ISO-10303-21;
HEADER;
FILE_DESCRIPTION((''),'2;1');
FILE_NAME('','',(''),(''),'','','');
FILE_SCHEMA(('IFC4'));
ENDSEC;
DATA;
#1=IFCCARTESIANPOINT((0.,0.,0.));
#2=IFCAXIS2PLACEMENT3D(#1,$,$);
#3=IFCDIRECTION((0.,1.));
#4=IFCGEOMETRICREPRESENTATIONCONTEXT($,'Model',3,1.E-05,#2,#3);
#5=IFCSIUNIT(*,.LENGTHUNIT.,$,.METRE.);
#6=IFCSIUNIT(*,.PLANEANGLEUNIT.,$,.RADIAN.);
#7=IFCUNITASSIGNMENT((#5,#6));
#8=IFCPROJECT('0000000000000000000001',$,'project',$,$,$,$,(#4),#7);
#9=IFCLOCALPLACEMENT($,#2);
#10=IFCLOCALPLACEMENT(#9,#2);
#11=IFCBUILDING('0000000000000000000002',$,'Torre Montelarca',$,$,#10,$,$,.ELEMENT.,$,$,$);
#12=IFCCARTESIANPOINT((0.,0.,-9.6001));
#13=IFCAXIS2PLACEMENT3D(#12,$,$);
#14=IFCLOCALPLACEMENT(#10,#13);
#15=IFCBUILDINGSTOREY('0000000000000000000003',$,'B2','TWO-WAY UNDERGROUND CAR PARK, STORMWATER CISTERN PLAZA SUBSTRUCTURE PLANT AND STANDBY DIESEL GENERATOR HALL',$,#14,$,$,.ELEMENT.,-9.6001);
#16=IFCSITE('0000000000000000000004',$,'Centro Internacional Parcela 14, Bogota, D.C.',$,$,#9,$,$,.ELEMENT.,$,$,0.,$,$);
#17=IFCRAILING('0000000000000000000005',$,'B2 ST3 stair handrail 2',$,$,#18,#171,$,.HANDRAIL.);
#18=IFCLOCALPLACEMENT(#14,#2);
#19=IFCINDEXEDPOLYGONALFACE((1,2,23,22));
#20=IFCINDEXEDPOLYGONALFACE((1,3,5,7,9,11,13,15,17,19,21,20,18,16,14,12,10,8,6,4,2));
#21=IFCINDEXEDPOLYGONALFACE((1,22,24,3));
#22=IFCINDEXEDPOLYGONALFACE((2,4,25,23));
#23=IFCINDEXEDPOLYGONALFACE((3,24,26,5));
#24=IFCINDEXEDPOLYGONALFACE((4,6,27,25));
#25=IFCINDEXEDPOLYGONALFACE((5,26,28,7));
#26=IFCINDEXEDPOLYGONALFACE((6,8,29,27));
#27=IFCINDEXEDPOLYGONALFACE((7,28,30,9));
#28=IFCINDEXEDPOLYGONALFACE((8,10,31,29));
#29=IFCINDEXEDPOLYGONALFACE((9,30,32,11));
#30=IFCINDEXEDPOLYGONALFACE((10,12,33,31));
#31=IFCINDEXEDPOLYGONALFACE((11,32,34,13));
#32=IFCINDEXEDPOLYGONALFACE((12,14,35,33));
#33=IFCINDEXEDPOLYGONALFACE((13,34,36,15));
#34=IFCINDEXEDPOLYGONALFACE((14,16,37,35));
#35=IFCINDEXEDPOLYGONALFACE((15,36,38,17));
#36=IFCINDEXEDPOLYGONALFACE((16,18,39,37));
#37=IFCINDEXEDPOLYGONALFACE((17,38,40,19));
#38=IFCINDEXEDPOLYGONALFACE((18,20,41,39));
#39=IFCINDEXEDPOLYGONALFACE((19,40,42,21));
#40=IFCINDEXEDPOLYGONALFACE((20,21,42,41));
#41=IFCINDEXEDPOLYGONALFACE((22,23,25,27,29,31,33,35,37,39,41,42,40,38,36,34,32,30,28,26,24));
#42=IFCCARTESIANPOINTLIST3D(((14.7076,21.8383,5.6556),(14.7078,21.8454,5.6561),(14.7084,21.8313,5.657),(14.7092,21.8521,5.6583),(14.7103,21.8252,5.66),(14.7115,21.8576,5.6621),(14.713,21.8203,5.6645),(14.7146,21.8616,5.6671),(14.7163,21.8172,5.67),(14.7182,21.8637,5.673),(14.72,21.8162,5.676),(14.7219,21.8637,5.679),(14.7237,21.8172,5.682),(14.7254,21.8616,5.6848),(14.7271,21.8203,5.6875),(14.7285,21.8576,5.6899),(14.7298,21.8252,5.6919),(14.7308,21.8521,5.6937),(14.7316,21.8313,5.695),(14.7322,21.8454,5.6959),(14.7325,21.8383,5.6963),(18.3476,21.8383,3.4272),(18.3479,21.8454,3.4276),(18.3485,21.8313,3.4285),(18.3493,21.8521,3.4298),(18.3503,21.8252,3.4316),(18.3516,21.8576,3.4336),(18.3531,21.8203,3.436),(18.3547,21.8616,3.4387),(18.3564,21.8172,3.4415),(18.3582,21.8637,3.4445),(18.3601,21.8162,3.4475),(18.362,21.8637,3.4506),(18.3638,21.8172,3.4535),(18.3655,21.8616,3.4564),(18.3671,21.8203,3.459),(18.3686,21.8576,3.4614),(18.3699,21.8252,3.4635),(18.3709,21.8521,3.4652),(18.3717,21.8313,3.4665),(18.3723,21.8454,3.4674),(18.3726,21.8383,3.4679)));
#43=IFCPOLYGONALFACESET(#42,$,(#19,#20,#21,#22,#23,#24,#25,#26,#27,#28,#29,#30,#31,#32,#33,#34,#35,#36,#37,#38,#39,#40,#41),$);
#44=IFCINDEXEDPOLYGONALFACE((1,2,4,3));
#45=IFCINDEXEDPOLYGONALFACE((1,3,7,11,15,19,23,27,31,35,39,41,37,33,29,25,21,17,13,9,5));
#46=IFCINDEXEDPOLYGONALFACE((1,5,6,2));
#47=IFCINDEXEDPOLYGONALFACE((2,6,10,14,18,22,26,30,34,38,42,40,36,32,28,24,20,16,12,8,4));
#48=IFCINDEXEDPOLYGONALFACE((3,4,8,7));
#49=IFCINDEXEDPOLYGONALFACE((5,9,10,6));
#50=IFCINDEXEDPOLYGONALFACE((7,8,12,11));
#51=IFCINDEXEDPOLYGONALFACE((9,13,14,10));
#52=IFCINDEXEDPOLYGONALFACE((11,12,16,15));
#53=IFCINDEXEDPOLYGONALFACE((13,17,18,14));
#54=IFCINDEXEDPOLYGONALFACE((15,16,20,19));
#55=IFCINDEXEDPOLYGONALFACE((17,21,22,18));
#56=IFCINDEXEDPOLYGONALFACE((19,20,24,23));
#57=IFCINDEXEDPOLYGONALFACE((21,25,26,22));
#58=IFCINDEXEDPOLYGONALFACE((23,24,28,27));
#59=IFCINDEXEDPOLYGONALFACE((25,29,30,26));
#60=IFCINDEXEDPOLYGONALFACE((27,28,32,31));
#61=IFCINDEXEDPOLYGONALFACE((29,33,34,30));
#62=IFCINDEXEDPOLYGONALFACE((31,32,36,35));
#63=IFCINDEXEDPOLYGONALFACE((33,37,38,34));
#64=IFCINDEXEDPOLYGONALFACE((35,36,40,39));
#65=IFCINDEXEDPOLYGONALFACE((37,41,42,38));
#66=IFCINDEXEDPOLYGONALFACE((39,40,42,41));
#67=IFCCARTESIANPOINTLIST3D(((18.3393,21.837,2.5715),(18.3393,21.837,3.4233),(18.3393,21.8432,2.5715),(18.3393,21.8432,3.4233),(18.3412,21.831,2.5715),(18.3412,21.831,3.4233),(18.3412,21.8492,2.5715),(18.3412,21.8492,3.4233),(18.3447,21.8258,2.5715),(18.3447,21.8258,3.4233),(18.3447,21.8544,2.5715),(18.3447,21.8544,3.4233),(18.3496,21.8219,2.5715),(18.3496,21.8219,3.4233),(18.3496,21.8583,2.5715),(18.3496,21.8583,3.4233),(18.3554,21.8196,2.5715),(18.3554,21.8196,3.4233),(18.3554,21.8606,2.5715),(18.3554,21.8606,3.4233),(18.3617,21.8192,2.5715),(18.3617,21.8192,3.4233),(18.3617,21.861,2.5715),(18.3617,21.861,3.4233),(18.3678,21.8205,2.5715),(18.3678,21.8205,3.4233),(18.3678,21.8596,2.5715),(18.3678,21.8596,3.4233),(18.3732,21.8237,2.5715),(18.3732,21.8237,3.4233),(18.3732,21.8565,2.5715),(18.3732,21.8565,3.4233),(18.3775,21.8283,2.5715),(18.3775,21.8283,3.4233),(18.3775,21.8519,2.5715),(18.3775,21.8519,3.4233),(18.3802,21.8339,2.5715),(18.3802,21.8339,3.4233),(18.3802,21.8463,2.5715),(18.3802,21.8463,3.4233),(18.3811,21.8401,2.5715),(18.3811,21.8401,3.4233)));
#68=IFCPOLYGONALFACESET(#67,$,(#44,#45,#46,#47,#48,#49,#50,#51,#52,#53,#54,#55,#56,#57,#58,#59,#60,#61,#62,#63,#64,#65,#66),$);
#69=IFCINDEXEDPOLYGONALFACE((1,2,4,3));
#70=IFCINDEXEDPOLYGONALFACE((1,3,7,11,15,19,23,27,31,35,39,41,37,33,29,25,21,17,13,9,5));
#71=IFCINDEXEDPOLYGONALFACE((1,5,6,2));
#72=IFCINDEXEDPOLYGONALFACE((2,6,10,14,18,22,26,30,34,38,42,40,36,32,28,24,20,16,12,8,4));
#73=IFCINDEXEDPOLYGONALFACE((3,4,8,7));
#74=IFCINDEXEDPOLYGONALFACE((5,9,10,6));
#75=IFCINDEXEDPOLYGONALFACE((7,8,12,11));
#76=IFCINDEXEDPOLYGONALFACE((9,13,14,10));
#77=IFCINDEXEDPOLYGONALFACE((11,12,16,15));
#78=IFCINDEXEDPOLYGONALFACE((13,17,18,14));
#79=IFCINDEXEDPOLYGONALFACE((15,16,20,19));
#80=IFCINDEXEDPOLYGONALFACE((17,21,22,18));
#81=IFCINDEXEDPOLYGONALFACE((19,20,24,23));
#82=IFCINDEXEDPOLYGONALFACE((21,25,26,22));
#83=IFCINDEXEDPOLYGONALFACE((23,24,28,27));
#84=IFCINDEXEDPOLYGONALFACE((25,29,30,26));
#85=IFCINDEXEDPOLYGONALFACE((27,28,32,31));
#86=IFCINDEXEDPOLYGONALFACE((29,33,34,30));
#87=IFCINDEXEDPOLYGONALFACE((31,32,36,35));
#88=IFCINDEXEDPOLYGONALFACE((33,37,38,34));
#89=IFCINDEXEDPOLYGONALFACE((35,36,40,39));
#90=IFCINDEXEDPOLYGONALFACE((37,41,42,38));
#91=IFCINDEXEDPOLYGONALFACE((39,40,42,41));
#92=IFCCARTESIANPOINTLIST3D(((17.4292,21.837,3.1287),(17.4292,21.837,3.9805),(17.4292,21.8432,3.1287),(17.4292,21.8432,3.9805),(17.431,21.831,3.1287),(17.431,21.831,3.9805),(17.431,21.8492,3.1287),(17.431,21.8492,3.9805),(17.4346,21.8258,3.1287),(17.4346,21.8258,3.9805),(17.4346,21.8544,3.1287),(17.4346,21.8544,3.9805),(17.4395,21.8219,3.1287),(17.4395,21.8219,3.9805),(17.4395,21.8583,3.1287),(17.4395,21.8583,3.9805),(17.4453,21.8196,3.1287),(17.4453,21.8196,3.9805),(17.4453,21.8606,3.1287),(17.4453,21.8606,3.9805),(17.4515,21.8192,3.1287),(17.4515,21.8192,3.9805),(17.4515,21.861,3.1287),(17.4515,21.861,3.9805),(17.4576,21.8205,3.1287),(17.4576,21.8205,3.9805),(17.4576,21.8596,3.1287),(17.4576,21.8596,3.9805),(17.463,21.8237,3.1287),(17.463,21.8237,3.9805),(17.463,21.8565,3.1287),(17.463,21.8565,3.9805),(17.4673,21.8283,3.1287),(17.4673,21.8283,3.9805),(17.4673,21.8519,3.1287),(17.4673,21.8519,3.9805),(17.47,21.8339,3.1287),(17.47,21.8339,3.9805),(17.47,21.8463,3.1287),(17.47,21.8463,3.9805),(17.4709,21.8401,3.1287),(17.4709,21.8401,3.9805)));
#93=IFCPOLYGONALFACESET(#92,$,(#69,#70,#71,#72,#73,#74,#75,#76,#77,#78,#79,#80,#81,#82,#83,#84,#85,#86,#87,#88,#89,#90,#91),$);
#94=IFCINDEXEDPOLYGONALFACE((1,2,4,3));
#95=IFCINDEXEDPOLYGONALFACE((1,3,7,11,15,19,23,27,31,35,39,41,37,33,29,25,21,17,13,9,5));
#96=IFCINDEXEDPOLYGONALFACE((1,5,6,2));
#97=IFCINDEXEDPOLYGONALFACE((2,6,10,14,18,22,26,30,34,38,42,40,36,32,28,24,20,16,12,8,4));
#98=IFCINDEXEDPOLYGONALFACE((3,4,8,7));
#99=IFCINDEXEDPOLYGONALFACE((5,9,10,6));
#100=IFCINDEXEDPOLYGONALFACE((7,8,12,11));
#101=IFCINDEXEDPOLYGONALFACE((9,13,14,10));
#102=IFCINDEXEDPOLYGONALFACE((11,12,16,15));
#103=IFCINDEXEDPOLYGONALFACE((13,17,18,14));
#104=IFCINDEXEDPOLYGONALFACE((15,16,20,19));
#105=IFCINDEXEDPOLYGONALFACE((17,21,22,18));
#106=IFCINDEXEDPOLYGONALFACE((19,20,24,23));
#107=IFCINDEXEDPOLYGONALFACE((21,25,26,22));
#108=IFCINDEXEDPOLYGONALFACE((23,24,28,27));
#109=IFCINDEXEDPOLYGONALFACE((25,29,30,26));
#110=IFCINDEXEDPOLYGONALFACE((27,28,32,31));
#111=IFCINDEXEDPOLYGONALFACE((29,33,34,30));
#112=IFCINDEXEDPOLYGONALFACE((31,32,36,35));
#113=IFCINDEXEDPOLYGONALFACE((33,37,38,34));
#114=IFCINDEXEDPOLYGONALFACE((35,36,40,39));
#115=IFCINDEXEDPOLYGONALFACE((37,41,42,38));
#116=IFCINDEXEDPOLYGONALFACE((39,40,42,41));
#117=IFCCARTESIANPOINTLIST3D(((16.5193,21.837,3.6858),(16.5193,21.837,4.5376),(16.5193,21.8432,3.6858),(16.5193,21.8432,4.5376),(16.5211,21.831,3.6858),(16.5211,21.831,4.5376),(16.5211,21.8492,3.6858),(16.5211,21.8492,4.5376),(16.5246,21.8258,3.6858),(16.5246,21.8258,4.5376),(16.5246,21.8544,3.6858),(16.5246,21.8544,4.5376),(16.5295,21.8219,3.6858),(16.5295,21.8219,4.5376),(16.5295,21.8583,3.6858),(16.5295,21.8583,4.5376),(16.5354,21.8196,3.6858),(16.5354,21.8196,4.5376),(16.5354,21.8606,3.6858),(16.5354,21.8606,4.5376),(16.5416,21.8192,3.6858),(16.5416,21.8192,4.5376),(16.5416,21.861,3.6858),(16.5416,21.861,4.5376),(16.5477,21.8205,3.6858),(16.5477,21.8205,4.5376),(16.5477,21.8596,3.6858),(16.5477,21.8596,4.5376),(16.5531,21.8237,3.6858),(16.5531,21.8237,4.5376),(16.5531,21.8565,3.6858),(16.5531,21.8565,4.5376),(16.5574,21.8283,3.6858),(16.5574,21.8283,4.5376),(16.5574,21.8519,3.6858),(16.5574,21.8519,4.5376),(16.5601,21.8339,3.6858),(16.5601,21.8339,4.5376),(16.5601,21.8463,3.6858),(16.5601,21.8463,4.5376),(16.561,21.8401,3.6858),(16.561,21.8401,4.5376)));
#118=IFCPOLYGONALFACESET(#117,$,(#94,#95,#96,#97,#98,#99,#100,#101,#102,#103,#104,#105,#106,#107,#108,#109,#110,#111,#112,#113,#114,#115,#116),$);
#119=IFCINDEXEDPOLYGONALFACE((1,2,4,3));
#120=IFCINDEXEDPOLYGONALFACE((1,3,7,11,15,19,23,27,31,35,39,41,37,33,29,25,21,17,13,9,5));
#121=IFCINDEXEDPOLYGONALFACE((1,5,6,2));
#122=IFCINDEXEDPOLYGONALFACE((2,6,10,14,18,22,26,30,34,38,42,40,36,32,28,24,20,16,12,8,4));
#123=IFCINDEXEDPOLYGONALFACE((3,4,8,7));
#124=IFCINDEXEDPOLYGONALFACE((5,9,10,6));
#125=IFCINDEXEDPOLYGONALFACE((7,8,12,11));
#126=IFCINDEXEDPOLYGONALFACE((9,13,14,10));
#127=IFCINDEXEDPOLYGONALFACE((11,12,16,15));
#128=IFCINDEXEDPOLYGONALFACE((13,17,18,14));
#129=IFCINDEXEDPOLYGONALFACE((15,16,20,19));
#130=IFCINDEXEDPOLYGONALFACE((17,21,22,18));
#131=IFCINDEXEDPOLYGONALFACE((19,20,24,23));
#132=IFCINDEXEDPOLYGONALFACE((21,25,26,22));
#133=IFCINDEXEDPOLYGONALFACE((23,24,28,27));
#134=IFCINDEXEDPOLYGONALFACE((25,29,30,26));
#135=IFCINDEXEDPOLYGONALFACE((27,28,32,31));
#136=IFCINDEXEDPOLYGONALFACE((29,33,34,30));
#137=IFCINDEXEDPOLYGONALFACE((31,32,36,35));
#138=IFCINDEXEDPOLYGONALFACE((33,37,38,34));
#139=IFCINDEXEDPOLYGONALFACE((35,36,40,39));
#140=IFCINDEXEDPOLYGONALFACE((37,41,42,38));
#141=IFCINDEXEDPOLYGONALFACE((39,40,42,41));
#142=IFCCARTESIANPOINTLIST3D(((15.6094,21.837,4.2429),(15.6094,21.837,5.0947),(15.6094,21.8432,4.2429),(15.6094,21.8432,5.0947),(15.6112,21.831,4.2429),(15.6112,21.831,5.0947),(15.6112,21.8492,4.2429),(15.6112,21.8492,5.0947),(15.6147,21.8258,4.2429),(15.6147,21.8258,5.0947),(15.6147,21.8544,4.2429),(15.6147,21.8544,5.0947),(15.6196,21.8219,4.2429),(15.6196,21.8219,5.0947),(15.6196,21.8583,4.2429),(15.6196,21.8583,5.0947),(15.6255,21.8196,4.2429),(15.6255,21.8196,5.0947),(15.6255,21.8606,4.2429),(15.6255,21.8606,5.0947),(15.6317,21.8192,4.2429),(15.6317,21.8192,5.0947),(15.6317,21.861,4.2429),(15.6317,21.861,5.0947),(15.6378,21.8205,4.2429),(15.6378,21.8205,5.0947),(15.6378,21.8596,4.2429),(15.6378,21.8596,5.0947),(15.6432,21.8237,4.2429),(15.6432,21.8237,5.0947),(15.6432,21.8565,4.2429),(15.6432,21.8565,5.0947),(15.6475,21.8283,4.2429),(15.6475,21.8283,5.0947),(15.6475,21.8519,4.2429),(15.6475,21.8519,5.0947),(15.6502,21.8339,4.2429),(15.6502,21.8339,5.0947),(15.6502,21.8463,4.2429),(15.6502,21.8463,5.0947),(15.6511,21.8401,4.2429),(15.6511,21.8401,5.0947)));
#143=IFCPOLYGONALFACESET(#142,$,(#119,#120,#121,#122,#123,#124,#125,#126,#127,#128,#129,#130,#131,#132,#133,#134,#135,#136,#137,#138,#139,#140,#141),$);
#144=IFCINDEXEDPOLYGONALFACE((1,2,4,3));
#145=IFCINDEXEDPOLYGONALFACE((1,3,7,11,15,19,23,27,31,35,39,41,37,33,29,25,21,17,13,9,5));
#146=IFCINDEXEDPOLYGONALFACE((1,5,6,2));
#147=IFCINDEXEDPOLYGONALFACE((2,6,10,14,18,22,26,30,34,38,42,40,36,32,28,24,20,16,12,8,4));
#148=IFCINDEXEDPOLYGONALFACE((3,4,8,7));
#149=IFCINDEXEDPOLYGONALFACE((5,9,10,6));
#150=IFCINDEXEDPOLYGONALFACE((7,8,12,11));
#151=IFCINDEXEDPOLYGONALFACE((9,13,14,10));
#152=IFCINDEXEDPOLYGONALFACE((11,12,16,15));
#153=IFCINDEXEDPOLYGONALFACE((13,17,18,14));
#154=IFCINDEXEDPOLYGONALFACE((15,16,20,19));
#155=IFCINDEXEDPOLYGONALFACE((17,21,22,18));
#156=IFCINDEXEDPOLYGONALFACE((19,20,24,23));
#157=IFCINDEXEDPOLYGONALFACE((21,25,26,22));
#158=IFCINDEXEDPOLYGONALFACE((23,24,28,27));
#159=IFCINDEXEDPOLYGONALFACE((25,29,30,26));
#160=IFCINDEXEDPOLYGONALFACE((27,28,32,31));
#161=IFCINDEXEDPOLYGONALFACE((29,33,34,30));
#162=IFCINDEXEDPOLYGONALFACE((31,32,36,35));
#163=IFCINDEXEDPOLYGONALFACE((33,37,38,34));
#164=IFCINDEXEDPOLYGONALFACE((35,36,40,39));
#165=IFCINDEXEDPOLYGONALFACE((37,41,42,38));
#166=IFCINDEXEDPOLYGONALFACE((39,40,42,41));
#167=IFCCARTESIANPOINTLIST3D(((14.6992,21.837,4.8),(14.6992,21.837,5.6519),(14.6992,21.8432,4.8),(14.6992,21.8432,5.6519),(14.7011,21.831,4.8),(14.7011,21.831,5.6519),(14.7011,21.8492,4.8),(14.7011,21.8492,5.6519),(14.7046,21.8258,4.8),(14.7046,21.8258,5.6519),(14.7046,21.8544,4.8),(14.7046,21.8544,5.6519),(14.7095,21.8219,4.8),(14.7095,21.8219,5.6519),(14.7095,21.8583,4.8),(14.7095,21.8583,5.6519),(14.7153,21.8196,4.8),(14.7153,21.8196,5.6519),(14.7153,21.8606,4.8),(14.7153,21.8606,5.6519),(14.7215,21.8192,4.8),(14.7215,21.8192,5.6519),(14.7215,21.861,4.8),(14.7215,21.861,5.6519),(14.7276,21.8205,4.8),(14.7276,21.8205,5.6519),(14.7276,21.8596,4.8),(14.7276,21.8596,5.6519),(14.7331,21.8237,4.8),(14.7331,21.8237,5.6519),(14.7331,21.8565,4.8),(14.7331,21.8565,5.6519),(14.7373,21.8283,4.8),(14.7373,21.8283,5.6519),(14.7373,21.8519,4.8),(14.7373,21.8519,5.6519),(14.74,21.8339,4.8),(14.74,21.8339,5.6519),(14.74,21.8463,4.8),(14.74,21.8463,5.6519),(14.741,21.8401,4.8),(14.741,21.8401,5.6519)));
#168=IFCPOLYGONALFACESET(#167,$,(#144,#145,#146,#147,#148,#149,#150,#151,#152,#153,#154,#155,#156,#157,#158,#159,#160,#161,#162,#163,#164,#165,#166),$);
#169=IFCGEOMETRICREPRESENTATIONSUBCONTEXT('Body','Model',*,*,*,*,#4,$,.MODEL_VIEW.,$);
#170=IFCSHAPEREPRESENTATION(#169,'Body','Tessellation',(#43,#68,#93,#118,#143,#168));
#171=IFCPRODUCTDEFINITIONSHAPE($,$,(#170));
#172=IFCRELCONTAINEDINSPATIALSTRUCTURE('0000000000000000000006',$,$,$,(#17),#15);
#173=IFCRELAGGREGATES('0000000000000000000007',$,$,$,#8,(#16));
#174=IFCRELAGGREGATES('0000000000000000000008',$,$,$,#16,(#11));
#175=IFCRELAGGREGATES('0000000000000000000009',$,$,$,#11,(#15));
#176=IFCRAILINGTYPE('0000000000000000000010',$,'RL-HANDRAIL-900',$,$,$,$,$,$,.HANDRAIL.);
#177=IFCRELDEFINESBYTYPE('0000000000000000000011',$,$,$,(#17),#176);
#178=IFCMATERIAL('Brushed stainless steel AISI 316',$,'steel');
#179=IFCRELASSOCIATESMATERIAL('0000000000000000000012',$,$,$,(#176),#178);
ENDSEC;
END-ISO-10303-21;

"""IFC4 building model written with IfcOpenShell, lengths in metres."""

from ifc_helpers import new_model, si_unit, direction, frame, origin, origin_2d, place, context, subcontext, project, spatial, circle, extrude, material, type_object, element, save


model = new_model("IFC4")

# Units and contexts
model_context = context("Model", 3, precision=1e-05, world=origin(), true_north=direction((0.0, 1.0)))
body_context = subcontext(model_context, "Body", "Model", "MODEL_VIEW")
ifc_project = project(units=[si_unit("LENGTHUNIT", "METRE"), si_unit("PLANEANGLEUNIT", "RADIAN")], contexts=[model_context])

# Site, building, storey
site_placement = place(None, origin())
site = spatial("IfcSite", under=ifc_project, at=site_placement, Name="Centro Internacional Parcela 14, Bogota, D.C.", CompositionType="ELEMENT", RefElevation=0.0)
building_placement = place(site_placement, origin())
building = spatial("IfcBuilding", under=site, at=building_placement, Name="Torre Montelarca", CompositionType="ELEMENT")
storey_placement = place(building_placement, frame((0.0, 0.0, -9.6001)))
storey = spatial("IfcBuildingStorey", under=building, at=storey_placement, Name="B2", Description="TWO-WAY UNDERGROUND CAR PARK, STORMWATER CISTERN PLAZA SUBSTRUCTURE PLANT AND STANDBY DIESEL GENERATOR HALL", CompositionType="ELEMENT", Elevation=-9.6001)

# Railing
ifc_material_1 = material(Name="Brushed stainless steel AISI 316", Category="steel")
railing_type_1 = type_object("IfcRailingType", Name="RL-HANDRAIL-900", PredefinedType="HANDRAIL", material=ifc_material_1)
railing_1_placement = place(storey_placement, frame((18.3601, 21.8401, 2.5715)))
element("IfcRailing", 1, at=railing_1_placement, inside=storey, type_object=railing_type_1, Name="B2 ST3 stair handrail 2", PredefinedType="HANDRAIL", context=body_context, shape_type="SweptSolid", body=[
    extrude(circle(Radius=0.0239, at=origin_2d()), frame((0.0, 0.0, 0.876), z_axis=(-0.852866, 0.0, 0.52213), x_axis=(0.0, -1.0, 0.0)), (0.0, 0.0, 1.0), 4.2681),
    extrude(circle(Radius=0.021, at=origin_2d()), origin(), (0.0, 0.0, 1.0), 0.8518),
    extrude(circle(Radius=0.021, at=origin_2d()), frame((-0.9102, 0.0, 0.5571)), (0.0, 0.0, 1.0), 0.8518),
    extrude(circle(Radius=0.021, at=origin_2d()), frame((-1.8201, 0.0, 1.1143)), (0.0, 0.0, 1.0), 0.8518),
    extrude(circle(Radius=0.021, at=origin_2d()), frame((-2.73, 0.0, 1.6714)), (0.0, 0.0, 1.0), 0.8518),
    extrude(circle(Radius=0.021, at=origin_2d()), frame((-3.6401, 0.0, 2.2285)), (0.0, 0.0, 1.0), 0.8518),
])

save(model, "model.ifc")
